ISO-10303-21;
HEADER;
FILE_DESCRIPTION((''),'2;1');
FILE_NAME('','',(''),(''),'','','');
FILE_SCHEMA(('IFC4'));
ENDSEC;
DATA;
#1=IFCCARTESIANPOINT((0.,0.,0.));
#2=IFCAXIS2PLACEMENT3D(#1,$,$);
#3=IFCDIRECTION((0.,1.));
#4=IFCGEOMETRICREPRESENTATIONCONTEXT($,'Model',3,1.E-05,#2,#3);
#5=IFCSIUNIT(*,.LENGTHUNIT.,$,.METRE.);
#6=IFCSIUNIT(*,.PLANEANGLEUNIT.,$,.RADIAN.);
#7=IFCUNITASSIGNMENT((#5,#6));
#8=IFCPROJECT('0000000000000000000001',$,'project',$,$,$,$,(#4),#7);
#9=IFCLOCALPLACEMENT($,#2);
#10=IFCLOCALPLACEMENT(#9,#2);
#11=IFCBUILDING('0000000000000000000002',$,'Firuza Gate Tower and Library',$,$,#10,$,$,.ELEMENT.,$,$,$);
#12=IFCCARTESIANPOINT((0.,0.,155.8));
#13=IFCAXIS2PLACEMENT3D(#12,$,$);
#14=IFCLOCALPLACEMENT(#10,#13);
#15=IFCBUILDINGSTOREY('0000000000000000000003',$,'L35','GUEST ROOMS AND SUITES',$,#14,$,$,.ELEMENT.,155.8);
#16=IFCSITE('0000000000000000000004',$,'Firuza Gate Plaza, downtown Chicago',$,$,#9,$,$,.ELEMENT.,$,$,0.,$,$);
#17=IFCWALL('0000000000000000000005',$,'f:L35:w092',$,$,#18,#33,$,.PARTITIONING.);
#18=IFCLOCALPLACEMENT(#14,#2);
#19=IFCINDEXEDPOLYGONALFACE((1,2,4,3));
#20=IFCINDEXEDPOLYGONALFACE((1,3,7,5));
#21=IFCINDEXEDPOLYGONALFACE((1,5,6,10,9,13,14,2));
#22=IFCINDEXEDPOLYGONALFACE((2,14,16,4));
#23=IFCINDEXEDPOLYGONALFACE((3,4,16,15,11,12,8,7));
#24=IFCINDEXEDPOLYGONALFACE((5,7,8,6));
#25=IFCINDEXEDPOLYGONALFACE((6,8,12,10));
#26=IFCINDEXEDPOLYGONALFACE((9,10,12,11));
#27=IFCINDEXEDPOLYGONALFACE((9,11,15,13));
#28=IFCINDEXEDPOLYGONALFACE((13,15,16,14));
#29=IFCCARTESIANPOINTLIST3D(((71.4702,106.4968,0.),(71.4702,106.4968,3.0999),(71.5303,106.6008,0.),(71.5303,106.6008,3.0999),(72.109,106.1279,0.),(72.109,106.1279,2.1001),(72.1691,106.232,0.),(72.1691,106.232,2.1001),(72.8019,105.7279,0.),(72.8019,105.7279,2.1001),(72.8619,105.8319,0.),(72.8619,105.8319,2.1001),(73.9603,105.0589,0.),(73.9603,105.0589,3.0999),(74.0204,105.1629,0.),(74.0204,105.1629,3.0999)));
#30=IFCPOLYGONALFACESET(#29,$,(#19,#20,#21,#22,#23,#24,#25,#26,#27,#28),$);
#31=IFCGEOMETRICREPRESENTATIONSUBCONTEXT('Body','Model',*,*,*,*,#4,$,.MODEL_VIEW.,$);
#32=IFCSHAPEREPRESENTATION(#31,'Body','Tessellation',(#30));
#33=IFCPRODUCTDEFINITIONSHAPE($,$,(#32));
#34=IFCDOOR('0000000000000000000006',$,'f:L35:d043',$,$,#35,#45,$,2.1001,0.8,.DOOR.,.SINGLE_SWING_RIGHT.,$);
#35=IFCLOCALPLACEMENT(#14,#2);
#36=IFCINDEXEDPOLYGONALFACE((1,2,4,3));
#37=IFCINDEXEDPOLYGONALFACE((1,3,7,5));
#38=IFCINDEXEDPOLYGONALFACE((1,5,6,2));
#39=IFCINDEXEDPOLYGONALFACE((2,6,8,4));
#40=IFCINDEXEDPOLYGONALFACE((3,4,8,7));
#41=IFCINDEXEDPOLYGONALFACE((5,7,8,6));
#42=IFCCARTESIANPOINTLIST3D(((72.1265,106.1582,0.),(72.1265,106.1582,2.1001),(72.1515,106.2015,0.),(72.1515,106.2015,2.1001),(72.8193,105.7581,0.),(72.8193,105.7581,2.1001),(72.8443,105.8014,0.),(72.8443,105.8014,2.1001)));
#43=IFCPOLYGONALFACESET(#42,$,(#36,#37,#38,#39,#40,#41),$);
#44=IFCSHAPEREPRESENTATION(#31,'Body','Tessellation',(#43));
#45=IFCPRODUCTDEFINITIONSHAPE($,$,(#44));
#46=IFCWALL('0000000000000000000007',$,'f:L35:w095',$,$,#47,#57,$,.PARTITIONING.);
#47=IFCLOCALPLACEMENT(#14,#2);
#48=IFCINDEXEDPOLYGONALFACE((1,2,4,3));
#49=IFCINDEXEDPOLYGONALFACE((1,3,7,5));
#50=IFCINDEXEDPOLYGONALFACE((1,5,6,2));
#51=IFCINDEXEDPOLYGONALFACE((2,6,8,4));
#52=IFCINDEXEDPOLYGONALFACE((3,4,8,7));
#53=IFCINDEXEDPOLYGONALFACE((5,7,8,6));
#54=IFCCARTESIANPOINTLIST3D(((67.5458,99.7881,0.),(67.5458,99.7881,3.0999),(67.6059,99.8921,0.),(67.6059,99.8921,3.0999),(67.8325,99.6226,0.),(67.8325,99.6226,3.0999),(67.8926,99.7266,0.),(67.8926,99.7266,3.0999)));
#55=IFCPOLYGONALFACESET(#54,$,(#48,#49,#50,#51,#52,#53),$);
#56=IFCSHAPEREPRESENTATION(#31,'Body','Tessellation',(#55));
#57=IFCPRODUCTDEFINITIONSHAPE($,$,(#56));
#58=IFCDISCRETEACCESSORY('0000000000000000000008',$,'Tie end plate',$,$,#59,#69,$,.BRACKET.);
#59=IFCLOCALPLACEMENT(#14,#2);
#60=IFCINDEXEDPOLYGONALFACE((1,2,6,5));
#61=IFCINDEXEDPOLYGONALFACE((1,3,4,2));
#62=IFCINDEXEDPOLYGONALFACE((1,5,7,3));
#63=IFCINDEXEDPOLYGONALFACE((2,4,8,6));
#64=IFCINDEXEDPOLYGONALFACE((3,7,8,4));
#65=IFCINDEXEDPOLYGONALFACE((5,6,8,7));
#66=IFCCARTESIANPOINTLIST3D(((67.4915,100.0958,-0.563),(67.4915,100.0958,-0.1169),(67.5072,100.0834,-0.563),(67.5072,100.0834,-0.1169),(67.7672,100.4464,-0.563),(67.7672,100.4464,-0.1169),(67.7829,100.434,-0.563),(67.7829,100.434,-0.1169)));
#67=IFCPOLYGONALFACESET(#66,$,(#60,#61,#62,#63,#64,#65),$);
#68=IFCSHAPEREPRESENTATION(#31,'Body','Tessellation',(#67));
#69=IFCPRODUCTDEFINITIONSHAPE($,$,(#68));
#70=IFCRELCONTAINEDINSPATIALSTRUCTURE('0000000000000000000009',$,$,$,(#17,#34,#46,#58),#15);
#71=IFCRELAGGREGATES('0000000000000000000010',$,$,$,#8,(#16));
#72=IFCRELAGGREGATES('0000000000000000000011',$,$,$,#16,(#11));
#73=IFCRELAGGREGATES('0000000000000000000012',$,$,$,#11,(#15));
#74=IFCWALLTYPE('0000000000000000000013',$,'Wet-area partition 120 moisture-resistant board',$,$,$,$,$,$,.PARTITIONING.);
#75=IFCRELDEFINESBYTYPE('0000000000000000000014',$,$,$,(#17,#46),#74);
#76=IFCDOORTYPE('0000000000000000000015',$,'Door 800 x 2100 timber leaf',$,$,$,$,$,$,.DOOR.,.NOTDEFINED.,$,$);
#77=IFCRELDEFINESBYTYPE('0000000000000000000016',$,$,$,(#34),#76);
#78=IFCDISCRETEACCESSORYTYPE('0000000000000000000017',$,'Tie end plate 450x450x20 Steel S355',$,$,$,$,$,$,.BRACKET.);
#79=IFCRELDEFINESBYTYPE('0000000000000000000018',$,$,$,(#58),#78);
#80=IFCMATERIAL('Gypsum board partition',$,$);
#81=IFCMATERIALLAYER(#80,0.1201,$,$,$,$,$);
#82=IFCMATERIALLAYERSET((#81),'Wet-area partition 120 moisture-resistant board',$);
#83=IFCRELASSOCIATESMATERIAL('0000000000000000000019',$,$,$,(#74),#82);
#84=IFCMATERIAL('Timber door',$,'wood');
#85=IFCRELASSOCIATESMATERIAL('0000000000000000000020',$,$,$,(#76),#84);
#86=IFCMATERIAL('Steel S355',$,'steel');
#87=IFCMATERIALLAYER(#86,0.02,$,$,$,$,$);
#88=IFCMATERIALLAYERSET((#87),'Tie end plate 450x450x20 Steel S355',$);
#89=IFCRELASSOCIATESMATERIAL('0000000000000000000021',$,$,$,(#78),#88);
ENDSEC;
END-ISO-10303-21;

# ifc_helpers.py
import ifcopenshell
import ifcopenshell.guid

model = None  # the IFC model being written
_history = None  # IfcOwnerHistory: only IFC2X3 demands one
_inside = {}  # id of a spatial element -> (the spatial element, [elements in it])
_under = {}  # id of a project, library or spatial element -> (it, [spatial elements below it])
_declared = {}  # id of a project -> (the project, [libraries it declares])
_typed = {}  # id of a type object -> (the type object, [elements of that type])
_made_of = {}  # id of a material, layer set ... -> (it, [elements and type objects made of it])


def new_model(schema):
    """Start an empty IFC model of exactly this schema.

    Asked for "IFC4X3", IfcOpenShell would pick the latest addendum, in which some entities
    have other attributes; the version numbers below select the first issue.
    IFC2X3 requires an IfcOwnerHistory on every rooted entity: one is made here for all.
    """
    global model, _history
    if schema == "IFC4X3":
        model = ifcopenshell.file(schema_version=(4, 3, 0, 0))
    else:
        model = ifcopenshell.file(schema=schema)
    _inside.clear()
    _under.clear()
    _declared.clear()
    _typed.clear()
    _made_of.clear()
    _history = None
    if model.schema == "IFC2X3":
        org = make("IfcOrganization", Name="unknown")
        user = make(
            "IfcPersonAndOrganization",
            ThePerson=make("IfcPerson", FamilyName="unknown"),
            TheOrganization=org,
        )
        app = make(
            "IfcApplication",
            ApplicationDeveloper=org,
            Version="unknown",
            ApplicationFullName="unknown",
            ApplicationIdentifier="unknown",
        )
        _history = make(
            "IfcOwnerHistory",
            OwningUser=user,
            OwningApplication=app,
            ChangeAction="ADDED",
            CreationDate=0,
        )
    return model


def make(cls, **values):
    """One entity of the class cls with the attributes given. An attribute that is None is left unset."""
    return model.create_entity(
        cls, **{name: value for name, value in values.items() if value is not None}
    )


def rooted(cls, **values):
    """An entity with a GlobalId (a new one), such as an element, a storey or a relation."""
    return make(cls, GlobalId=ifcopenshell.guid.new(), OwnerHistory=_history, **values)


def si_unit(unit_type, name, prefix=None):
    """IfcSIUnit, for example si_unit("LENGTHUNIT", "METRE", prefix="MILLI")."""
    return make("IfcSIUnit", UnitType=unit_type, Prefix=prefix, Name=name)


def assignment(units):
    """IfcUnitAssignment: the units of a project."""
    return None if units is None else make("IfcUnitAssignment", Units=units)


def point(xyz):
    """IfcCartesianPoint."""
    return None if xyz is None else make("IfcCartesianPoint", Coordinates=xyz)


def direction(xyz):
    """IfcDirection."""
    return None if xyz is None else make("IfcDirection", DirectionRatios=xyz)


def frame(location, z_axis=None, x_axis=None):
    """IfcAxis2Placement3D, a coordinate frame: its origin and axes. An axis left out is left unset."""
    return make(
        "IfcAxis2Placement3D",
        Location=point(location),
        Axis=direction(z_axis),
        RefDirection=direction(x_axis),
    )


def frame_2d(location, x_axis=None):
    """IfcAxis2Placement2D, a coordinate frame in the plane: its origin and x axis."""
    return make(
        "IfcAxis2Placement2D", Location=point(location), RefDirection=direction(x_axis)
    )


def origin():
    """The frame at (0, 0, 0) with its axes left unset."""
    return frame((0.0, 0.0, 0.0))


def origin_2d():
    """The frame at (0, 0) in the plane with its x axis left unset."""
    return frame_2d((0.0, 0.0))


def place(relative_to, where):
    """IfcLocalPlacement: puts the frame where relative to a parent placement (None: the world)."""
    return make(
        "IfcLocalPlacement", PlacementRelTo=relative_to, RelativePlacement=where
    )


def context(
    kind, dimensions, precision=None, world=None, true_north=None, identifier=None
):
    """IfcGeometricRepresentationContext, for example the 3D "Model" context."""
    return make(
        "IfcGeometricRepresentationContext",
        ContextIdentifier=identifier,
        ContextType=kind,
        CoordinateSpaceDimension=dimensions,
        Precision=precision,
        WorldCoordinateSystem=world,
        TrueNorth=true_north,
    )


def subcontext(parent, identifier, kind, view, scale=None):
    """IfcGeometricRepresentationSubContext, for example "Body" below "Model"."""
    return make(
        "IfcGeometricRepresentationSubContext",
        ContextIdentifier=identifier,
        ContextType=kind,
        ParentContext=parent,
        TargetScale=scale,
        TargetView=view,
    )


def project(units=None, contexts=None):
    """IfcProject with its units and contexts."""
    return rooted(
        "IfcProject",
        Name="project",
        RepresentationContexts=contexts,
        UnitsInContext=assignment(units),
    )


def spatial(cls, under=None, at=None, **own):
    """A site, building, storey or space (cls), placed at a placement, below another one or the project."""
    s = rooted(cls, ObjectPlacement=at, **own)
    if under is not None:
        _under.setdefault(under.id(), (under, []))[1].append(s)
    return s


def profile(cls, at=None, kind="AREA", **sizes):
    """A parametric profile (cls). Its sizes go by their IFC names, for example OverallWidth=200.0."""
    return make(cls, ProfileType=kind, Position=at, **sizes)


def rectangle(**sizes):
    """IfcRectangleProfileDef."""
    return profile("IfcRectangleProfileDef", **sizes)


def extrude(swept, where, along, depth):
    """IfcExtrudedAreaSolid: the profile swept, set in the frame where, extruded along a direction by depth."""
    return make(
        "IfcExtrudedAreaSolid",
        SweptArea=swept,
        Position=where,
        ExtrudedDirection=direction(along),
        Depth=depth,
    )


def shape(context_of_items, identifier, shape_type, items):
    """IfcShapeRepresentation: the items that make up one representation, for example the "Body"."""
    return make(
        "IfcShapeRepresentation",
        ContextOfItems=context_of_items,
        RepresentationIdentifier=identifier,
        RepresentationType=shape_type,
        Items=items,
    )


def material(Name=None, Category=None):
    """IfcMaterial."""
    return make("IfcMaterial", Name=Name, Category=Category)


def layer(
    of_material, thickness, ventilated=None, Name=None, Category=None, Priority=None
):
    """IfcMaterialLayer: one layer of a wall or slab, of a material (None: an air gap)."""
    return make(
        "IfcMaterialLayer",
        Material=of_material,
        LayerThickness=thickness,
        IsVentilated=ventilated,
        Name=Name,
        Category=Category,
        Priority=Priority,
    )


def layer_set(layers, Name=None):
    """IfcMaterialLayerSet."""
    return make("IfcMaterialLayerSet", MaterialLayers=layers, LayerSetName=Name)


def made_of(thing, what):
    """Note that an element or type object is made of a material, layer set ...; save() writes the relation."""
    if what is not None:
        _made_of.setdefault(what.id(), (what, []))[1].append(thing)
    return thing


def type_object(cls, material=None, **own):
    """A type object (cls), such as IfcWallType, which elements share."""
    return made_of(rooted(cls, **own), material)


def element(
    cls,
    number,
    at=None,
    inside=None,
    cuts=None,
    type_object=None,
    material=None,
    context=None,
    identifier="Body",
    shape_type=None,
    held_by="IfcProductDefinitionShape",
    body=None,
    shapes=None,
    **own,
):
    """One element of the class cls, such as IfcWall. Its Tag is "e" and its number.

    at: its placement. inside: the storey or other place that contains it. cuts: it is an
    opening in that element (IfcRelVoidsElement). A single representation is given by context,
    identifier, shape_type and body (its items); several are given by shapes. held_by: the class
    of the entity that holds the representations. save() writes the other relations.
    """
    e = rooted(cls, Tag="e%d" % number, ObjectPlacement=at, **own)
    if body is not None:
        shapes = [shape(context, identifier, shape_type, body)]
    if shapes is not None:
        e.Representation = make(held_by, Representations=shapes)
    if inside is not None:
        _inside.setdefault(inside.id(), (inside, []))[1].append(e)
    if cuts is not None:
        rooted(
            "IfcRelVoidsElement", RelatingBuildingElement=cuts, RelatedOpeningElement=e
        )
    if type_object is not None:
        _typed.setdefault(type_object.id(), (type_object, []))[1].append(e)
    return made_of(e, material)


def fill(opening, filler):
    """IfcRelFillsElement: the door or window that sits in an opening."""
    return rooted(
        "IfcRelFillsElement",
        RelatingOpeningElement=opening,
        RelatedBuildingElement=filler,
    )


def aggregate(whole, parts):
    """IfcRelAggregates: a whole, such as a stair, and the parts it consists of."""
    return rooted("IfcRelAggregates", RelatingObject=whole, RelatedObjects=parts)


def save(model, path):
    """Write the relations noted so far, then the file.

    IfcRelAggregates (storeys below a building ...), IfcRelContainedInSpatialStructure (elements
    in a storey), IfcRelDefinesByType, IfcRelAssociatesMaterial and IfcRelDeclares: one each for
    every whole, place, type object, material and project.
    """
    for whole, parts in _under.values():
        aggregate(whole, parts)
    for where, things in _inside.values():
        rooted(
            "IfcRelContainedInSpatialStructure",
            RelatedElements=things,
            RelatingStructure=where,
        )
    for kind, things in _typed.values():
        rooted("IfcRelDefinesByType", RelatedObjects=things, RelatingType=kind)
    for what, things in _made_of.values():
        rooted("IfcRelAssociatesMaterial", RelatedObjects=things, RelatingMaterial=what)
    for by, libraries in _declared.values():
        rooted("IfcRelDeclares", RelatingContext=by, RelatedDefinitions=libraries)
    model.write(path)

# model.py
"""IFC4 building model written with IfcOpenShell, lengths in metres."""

from ifc_helpers import new_model, si_unit, direction, frame, frame_2d, origin, origin_2d, place, context, subcontext, project, spatial, rectangle, extrude, material, layer, layer_set, type_object, element, fill, save


model = new_model("IFC4")

# Units and contexts
model_context = context("Model", 3, precision=1e-05, world=origin(), true_north=direction((0.0, 1.0)))
body_context = subcontext(model_context, "Body", "Model", "MODEL_VIEW")
ifc_project = project(units=[si_unit("LENGTHUNIT", "METRE"), si_unit("PLANEANGLEUNIT", "RADIAN")], contexts=[model_context])

# Site, building, storey
site_placement = place(None, origin())
site = spatial("IfcSite", under=ifc_project, at=site_placement, Name="Firuza Gate Plaza, downtown Chicago", CompositionType="ELEMENT", RefElevation=0.0)
building_placement = place(site_placement, origin())
building = spatial("IfcBuilding", under=site, at=building_placement, Name="Firuza Gate Tower and Library", CompositionType="ELEMENT")
storey_placement = place(building_placement, frame((0.0, 0.0, 155.8)))
storey = spatial("IfcBuildingStorey", under=building, at=storey_placement, Name="L35", Description="GUEST ROOMS AND SUITES", CompositionType="ELEMENT", Elevation=155.8)

# Shared definitions
ifc_material_1 = material(Name="Gypsum board partition")
ifc_layer_1 = layer(ifc_material_1, 0.1201)
ifc_layer_set_1 = layer_set([ifc_layer_1], Name="Wet-area partition 120 moisture-resistant board")
wall_type_1 = type_object("IfcWallType", Name="Wet-area partition 120 moisture-resistant board", PredefinedType="PARTITIONING", material=ifc_layer_set_1)

# Wall, opening, door
wall_1_placement = place(storey_placement, frame((71.5002, 106.5488, 0.0), z_axis=(0.0, 0.0, 1.0), x_axis=(0.865988, -0.500065, 0.0)))
wall_1 = element("IfcWall", 1, at=wall_1_placement, inside=storey, type_object=wall_type_1, Name="f:L35:w092", PredefinedType="PARTITIONING", context=body_context, shape_type="SweptSolid", body=[
    extrude(rectangle(XDim=2.8755, YDim=0.1201, at=frame_2d((1.4377, 0.0))), origin(), (0.0, 0.0, 1.0), 3.0999),
])
opening_placement = place(wall_1_placement, frame((0.7378, 0.0, 0.0)))
opening = element("IfcOpeningElement", 2, at=opening_placement, cuts=wall_1, PredefinedType="OPENING", context=body_context, shape_type="SweptSolid", body=[
    extrude(rectangle(XDim=0.8, YDim=2.1001, at=frame_2d((0.3999, 1.05))), frame((0.0, 0.0701, 0.0), z_axis=(0.0, -1.0, 0.0), x_axis=(1.0, 0.0, 0.0)), (0.0, 0.0, 1.0), 0.1401),
])
ifc_material_2 = material(Name="Timber door", Category="wood")
door_type = type_object("IfcDoorType", Name="Door 800 x 2100 timber leaf", OperationType="NOTDEFINED", PredefinedType="DOOR", material=ifc_material_2)
door_placement = place(opening_placement, origin())
door = element("IfcDoor", 3, at=door_placement, inside=storey, type_object=door_type, Name="f:L35:d043", OperationType="SINGLE_SWING_RIGHT", OverallHeight=2.1001, OverallWidth=0.8, PredefinedType="DOOR", context=body_context, shape_type="SweptSolid", body=[
    extrude(rectangle(XDim=0.8, YDim=2.1001, at=frame_2d((0.3999, 1.05))), frame((0.0, 0.0249, 0.0), z_axis=(0.0, -1.0, 0.0), x_axis=(1.0, 0.0, 0.0)), (0.0, 0.0, 1.0), 0.05),
])
fill(opening, door)

# Wall
wall_2_placement = place(storey_placement, frame((67.8625, 99.6746, 0.0), z_axis=(0.0, 0.0, 1.0), x_axis=(-0.865964, 0.500106, 0.0)))
element("IfcWall", 4, at=wall_2_placement, inside=storey, type_object=wall_type_1, Name="f:L35:w095", PredefinedType="PARTITIONING", context=body_context, shape_type="SweptSolid", body=[
    extrude(rectangle(XDim=0.3311, YDim=0.1201, at=frame_2d((0.1655, 0.0))), origin(), (0.0, 0.0, 1.0), 3.0999),
])

# Discrete accessory
ifc_material_3 = material(Name="Steel S355", Category="steel")
ifc_layer_2 = layer(ifc_material_3, 0.02)
ifc_layer_set_2 = layer_set([ifc_layer_2], Name="Tie end plate 450x450x20 Steel S355")
discrete_accessory_type = type_object("IfcDiscreteAccessoryType", Name="Tie end plate 450x450x20 Steel S355", PredefinedType="BRACKET", material=ifc_layer_set_2)
discrete_accessory_placement = place(storey_placement, frame((67.6372, 100.2649, -0.563), z_axis=(0.0, 0.0, 1.0), x_axis=(0.786057, -0.618154, 0.0)))
element("IfcDiscreteAccessory", 5, at=discrete_accessory_placement, inside=storey, type_object=discrete_accessory_type, Name="Tie end plate", PredefinedType="BRACKET", context=body_context, shape_type="SweptSolid", body=[
    extrude(rectangle(XDim=0.02, YDim=0.446, at=origin_2d()), origin(), (0.0, 0.0, 1.0), 0.446),
])

save(model, "model.ifc")
